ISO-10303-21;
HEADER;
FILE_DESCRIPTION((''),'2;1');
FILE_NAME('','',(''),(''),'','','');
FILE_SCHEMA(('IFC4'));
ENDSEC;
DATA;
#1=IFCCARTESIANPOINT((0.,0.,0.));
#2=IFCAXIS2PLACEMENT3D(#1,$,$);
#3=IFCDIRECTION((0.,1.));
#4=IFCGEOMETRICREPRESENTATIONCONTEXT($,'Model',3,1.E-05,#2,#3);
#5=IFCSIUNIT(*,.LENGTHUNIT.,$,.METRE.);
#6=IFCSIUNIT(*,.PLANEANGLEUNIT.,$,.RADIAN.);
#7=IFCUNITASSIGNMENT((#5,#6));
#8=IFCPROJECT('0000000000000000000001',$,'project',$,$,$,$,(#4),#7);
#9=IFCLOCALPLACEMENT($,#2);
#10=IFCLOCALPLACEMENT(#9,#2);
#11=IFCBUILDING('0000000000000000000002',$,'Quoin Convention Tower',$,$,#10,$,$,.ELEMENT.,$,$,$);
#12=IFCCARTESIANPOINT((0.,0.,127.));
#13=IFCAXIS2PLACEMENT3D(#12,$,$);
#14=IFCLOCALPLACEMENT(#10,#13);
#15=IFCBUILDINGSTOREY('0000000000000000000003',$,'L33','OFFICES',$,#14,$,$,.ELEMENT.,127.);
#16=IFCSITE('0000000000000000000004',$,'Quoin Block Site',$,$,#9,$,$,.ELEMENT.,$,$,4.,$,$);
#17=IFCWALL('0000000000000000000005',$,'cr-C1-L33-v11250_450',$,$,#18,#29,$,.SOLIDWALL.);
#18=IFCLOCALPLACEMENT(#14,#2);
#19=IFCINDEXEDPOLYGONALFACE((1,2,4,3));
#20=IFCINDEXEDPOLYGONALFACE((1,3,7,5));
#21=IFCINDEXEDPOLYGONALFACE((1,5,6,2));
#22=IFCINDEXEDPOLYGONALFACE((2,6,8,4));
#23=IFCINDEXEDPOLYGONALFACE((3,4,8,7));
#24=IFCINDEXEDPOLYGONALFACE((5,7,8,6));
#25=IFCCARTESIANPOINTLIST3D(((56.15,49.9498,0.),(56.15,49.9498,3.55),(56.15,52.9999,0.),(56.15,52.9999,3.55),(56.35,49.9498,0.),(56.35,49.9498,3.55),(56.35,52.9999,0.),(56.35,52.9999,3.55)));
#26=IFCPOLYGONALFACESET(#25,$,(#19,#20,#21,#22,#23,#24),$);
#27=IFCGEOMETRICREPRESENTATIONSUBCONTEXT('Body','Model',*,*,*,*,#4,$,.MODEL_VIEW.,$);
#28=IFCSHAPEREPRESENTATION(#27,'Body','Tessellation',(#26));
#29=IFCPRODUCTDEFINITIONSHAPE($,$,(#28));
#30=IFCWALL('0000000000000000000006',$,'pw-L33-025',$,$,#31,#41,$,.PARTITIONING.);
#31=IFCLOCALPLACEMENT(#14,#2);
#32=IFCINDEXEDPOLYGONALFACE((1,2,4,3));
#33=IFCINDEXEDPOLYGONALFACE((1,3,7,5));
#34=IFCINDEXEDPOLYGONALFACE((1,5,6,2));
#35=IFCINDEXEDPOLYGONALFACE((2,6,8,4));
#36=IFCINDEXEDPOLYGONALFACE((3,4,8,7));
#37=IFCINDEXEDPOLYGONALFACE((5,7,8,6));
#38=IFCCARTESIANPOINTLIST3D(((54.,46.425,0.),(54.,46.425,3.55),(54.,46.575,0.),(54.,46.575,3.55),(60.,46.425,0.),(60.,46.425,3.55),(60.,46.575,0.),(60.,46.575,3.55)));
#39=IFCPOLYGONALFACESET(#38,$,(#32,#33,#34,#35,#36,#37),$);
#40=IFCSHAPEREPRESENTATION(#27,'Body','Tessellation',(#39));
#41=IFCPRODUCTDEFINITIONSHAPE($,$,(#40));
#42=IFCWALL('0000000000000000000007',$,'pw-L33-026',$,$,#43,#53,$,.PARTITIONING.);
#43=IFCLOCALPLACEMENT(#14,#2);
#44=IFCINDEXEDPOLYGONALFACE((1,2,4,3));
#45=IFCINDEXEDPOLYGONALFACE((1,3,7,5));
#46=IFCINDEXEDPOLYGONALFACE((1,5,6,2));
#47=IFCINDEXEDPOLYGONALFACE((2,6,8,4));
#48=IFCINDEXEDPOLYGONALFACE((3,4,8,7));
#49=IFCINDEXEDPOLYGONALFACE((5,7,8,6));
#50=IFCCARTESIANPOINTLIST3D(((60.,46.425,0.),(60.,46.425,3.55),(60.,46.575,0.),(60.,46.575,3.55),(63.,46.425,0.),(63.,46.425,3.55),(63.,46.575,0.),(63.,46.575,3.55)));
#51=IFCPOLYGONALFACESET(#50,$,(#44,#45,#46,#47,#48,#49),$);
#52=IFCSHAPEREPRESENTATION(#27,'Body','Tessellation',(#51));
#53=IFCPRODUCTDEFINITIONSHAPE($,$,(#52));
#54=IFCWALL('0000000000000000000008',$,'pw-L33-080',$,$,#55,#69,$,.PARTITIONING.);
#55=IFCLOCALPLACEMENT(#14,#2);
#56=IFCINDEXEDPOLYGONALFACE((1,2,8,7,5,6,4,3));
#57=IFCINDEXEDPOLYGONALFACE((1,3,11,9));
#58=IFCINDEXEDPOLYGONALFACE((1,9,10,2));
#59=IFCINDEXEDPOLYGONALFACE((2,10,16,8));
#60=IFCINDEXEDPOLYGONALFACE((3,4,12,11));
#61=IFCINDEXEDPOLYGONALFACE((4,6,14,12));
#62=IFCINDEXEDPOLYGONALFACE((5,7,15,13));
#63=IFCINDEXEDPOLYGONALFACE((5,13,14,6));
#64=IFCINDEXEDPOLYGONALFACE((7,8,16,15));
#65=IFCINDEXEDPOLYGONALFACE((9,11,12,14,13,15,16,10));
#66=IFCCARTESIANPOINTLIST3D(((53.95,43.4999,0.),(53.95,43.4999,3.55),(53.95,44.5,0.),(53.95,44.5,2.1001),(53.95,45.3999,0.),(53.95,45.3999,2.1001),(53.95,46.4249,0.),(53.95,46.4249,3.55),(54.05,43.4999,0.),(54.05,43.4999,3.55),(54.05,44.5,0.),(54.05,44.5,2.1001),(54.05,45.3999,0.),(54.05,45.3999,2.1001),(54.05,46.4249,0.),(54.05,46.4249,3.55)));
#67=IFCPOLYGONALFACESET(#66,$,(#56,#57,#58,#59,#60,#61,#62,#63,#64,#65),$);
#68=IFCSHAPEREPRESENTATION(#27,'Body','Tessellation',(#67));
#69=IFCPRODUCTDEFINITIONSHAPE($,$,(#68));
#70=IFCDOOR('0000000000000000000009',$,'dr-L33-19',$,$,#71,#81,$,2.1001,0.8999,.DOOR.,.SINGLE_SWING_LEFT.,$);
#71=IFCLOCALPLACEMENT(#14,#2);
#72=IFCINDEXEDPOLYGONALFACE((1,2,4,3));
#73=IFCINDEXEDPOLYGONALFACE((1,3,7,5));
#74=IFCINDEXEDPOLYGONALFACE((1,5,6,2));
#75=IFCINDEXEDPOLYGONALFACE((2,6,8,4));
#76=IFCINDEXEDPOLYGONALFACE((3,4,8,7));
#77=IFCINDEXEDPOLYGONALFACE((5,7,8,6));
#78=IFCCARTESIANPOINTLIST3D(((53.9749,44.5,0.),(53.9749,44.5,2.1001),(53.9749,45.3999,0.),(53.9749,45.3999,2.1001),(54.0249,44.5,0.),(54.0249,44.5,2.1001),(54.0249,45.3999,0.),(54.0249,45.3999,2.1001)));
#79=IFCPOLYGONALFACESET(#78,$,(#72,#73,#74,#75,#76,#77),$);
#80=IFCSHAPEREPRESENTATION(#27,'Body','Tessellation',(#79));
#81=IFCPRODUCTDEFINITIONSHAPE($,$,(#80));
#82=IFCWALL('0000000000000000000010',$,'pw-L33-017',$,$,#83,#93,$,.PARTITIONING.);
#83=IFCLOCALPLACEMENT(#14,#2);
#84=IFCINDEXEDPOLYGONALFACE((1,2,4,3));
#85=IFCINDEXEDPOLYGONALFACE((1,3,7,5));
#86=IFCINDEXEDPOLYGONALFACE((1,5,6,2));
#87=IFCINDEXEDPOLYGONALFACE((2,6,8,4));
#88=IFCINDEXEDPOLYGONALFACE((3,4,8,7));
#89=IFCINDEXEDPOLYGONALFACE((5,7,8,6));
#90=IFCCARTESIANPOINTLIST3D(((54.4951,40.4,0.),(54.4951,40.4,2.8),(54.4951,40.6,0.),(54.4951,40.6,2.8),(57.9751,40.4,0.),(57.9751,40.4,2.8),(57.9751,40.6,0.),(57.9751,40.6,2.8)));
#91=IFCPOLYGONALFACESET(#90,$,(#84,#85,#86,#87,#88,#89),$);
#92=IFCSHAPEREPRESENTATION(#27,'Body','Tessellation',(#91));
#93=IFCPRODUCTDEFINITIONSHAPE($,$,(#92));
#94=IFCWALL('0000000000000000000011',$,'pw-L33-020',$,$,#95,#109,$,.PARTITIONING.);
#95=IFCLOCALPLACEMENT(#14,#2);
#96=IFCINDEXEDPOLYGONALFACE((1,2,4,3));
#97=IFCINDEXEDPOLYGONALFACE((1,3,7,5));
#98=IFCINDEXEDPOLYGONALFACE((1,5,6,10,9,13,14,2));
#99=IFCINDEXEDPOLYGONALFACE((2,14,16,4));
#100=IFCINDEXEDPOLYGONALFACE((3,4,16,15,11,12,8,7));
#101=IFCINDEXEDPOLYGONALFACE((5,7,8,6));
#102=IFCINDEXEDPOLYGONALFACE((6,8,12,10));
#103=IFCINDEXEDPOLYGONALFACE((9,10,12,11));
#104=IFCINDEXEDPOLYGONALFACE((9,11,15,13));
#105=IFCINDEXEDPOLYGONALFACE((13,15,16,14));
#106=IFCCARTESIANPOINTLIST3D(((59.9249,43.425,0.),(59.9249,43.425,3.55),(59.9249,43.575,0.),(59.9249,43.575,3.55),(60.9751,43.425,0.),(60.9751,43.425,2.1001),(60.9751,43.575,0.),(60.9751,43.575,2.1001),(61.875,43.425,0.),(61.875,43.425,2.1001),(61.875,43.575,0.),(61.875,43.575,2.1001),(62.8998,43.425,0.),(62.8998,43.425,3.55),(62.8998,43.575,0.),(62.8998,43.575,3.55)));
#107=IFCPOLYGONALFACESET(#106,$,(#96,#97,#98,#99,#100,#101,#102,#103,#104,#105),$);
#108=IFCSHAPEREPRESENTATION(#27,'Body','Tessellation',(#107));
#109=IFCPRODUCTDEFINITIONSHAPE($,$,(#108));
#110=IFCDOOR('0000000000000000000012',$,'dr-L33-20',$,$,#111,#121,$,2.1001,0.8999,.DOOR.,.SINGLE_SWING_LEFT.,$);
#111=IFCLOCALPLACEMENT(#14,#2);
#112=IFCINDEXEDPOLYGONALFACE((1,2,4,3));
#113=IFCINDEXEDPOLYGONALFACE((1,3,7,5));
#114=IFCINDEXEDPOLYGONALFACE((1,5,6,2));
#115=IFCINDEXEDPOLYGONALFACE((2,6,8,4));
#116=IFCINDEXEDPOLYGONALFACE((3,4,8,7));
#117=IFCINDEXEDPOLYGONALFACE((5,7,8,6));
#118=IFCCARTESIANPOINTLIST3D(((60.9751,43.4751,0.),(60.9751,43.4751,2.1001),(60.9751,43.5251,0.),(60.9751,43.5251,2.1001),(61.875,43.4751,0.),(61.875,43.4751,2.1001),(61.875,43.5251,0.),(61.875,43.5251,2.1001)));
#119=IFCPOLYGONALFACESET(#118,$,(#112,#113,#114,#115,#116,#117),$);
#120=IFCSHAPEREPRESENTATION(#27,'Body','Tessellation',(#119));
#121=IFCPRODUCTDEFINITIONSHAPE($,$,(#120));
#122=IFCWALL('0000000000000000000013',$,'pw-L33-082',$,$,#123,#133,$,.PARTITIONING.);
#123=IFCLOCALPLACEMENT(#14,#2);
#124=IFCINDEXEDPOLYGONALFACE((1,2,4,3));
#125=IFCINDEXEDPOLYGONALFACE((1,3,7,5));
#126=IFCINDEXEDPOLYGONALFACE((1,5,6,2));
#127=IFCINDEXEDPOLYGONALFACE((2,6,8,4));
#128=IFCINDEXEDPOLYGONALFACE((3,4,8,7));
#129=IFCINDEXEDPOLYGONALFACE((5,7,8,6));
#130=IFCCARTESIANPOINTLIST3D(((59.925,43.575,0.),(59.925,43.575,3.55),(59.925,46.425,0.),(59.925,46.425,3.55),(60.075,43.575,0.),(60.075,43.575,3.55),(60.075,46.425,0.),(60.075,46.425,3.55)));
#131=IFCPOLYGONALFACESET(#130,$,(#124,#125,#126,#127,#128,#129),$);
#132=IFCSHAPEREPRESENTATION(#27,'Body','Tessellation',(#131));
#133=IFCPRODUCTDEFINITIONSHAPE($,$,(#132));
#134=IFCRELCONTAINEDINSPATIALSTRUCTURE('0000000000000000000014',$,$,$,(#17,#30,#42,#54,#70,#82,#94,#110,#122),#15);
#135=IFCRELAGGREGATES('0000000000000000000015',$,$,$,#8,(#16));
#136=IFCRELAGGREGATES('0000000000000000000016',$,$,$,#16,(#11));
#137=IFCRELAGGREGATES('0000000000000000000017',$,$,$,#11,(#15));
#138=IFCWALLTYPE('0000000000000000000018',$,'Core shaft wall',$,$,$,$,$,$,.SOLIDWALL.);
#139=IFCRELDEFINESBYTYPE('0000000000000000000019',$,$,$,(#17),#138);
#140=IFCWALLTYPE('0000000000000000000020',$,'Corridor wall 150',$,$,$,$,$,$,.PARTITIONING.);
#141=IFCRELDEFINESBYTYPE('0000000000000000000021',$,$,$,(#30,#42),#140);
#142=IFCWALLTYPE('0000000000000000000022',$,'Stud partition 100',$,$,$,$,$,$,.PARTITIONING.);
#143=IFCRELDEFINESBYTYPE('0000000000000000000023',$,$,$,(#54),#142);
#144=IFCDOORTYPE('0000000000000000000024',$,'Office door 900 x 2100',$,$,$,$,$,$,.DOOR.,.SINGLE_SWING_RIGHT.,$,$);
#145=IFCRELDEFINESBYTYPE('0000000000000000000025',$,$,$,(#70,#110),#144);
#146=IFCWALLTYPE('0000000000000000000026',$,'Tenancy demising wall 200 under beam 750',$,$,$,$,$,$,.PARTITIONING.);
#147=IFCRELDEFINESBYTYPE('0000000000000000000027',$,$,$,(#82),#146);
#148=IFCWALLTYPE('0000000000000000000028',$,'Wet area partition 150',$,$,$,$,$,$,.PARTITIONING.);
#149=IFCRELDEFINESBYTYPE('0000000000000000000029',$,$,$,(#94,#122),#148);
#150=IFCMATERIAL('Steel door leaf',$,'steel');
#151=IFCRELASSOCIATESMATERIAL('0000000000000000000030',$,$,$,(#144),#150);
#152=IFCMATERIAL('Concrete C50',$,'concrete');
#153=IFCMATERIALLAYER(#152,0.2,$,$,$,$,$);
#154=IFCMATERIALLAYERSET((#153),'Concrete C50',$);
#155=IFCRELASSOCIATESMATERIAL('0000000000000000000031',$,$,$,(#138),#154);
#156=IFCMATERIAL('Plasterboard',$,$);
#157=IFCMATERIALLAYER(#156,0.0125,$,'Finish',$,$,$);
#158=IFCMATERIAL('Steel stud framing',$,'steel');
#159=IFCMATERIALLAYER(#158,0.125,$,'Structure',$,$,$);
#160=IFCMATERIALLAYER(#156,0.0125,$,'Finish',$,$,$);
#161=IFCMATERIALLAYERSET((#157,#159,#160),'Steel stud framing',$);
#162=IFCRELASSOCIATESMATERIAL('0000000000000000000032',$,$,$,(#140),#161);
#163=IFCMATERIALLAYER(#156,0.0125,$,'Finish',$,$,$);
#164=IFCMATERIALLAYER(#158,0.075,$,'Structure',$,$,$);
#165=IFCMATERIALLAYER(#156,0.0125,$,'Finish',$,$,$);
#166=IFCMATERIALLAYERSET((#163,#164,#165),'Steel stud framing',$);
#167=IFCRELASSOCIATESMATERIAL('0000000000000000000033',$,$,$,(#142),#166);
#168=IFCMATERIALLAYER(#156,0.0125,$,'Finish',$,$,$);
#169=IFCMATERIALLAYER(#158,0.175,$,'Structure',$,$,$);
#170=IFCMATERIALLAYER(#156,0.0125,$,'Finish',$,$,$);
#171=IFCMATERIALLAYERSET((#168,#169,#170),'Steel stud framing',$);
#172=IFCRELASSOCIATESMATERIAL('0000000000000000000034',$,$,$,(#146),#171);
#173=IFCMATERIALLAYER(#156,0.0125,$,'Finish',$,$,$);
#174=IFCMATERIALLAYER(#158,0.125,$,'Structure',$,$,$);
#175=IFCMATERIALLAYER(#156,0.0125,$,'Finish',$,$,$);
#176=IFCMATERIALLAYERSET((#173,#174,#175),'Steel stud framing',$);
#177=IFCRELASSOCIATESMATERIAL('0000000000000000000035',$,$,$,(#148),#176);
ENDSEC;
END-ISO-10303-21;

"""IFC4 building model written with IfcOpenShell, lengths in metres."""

from ifc_helpers import new_model, si_unit, direction, frame, frame_2d, origin, place, context, subcontext, project, spatial, rectangle, extrude, material, layer, layer_set, type_object, element, fill, save


model = new_model("IFC4")

# Units and contexts
model_context = context("Model", 3, precision=1e-05, world=origin(), true_north=direction((0.0, 1.0)))
body_context = subcontext(model_context, "Body", "Model", "MODEL_VIEW")
ifc_project = project(units=[si_unit("LENGTHUNIT", "METRE"), si_unit("PLANEANGLEUNIT", "RADIAN")], contexts=[model_context])

# Site, building, storey
site_placement = place(None, origin())
site = spatial("IfcSite", under=ifc_project, at=site_placement, Name="Quoin Block Site", CompositionType="ELEMENT", RefElevation=4.0)
building_placement = place(site_placement, origin())
building = spatial("IfcBuilding", under=site, at=building_placement, Name="Quoin Convention Tower", CompositionType="ELEMENT")
storey_placement = place(building_placement, frame((0.0, 0.0, 127.0)))
storey = spatial("IfcBuildingStorey", under=building, at=storey_placement, Name="L33", Description="OFFICES", CompositionType="ELEMENT", Elevation=127.0)

# Shared definitions
ifc_material_1 = material(Name="Plasterboard")
ifc_material_2 = material(Name="Steel stud framing", Category="steel")
ifc_material_3 = material(Name="Steel door leaf", Category="steel")
door_type = type_object("IfcDoorType", Name="Office door 900 x 2100", OperationType="SINGLE_SWING_RIGHT", PredefinedType="DOOR", material=ifc_material_3)

# Walls
ifc_material_4 = material(Name="Concrete C50", Category="concrete")
ifc_layer_1 = layer(ifc_material_4, 0.2)
ifc_layer_set_1 = layer_set([ifc_layer_1], Name="Concrete C50")
wall_type_1 = type_object("IfcWallType", Name="Core shaft wall", PredefinedType="SOLIDWALL", material=ifc_layer_set_1)
for number, where, z_axis, x_axis, name in (
    (1, (56.25, 49.95, 0.0), (0.0, 0.0, 1.0), (0.0, 1.0, 0.0), "cr-C1-L33-v11250_450"),
):
    element("IfcWall", number, at=place(storey_placement, frame(where, z_axis=z_axis, x_axis=x_axis)), inside=storey, type_object=wall_type_1, Name=name, PredefinedType="SOLIDWALL", context=body_context, shape_type="SweptSolid", body=[
        extrude(rectangle(XDim=3.05, YDim=0.2, at=frame_2d((1.5249, 0.0))), origin(), (0.0, 0.0, 1.0), 3.55),
    ])
ifc_layer_2 = layer(ifc_material_1, 0.0125, Name="Finish")
ifc_layer_3 = layer(ifc_material_2, 0.125, Name="Structure")
ifc_layer_4 = layer(ifc_material_1, 0.0125, Name="Finish")
ifc_layer_set_2 = layer_set([ifc_layer_2, ifc_layer_3, ifc_layer_4], Name="Steel stud framing")
wall_type_2 = type_object("IfcWallType", Name="Corridor wall 150", PredefinedType="PARTITIONING", material=ifc_layer_set_2)
wall_1_placement = place(storey_placement, frame((54.0, 46.5, 0.0), z_axis=(0.0, 0.0, 1.0), x_axis=(1.0, 0.0, 0.0)))
element("IfcWall", 2, at=wall_1_placement, inside=storey, type_object=wall_type_2, Name="pw-L33-025", PredefinedType="PARTITIONING", context=body_context, shape_type="SweptSolid", body=[
    extrude(rectangle(XDim=6.0, YDim=0.1499, at=frame_2d((3.0, 0.0))), origin(), (0.0, 0.0, 1.0), 3.55),
])
wall_2_placement = place(storey_placement, frame((60.0, 46.5, 0.0), z_axis=(0.0, 0.0, 1.0), x_axis=(1.0, 0.0, 0.0)))
element("IfcWall", 3, at=wall_2_placement, inside=storey, type_object=wall_type_2, Name="pw-L33-026", PredefinedType="PARTITIONING", context=body_context, shape_type="SweptSolid", body=[
    extrude(rectangle(XDim=3.0, YDim=0.1499, at=frame_2d((1.5, 0.0))), origin(), (0.0, 0.0, 1.0), 3.55),
])

# Wall, opening, door
ifc_layer_5 = layer(ifc_material_1, 0.0125, Name="Finish")
ifc_layer_6 = layer(ifc_material_2, 0.075, Name="Structure")
ifc_layer_7 = layer(ifc_material_1, 0.0125, Name="Finish")
ifc_layer_set_3 = layer_set([ifc_layer_5, ifc_layer_6, ifc_layer_7], Name="Steel stud framing")
wall_type_3 = type_object("IfcWallType", Name="Stud partition 100", PredefinedType="PARTITIONING", material=ifc_layer_set_3)
wall_3_placement = place(storey_placement, frame((54.0, 43.5, 0.0), z_axis=(0.0, 0.0, 1.0), x_axis=(0.0, 1.0, 0.0)))
wall_3 = element("IfcWall", 4, at=wall_3_placement, inside=storey, type_object=wall_type_3, Name="pw-L33-080", PredefinedType="PARTITIONING", context=body_context, shape_type="SweptSolid", body=[
    extrude(rectangle(XDim=2.925, YDim=0.1001, at=frame_2d((1.4624, 0.0))), origin(), (0.0, 0.0, 1.0), 3.55),
])
opening_1_placement = place(wall_3_placement, frame((1.0, 0.0, 0.0)))
opening_1 = element("IfcOpeningElement", 5, at=opening_1_placement, cuts=wall_3, PredefinedType="OPENING", context=body_context, shape_type="SweptSolid", body=[
    extrude(rectangle(XDim=0.8999, YDim=2.1001, at=frame_2d((0.45, 1.05))), frame((0.0, 0.0601, 0.0), z_axis=(0.0, -1.0, 0.0), x_axis=(1.0, 0.0, 0.0)), (0.0, 0.0, 1.0), 0.1201),
])
door_1_placement = place(opening_1_placement, frame((0.8999, 0.0, 0.0), z_axis=(0.0, 0.0, 1.0), x_axis=(-1.0, 0.0, 0.0)))
door_1 = element("IfcDoor", 6, at=door_1_placement, inside=storey, type_object=door_type, Name="dr-L33-19", OperationType="SINGLE_SWING_LEFT", OverallHeight=2.1001, OverallWidth=0.8999, PredefinedType="DOOR", context=body_context, shape_type="SweptSolid", body=[
    extrude(rectangle(XDim=0.8999, YDim=2.1001, at=frame_2d((0.45, 1.05))), frame((0.0, 0.0249, 0.0), z_axis=(0.0, -1.0, 0.0), x_axis=(1.0, 0.0, 0.0)), (0.0, 0.0, 1.0), 0.05),
])
fill(opening_1, door_1)

# Wall
ifc_layer_8 = layer(ifc_material_1, 0.0125, Name="Finish")
ifc_layer_9 = layer(ifc_material_2, 0.175, Name="Structure")
ifc_layer_10 = layer(ifc_material_1, 0.0125, Name="Finish")
ifc_layer_set_4 = layer_set([ifc_layer_8, ifc_layer_9, ifc_layer_10], Name="Steel stud framing")
wall_type_4 = type_object("IfcWallType", Name="Tenancy demising wall 200 under beam 750", PredefinedType="PARTITIONING", material=ifc_layer_set_4)
wall_4_placement = place(storey_placement, frame((54.4951, 40.5, 0.0), z_axis=(0.0, 0.0, 1.0), x_axis=(1.0, 0.0, 0.0)))
element("IfcWall", 7, at=wall_4_placement, inside=storey, type_object=wall_type_4, Name="pw-L33-017", PredefinedType="PARTITIONING", context=body_context, shape_type="SweptSolid", body=[
    extrude(rectangle(XDim=3.48, YDim=0.2, at=frame_2d((1.74, 0.0))), origin(), (0.0, 0.0, 1.0), 2.8),
])

# Wall, opening, door
ifc_layer_11 = layer(ifc_material_1, 0.0125, Name="Finish")
ifc_layer_12 = layer(ifc_material_2, 0.125, Name="Structure")
ifc_layer_13 = layer(ifc_material_1, 0.0125, Name="Finish")
ifc_layer_set_5 = layer_set([ifc_layer_11, ifc_layer_12, ifc_layer_13], Name="Steel stud framing")
wall_type_5 = type_object("IfcWallType", Name="Wet area partition 150", PredefinedType="PARTITIONING", material=ifc_layer_set_5)
wall_5_placement = place(storey_placement, frame((59.925, 43.5, 0.0), z_axis=(0.0, 0.0, 1.0), x_axis=(1.0, 0.0, 0.0)))
wall_5 = element("IfcWall", 8, at=wall_5_placement, inside=storey, type_object=wall_type_5, Name="pw-L33-020", PredefinedType="PARTITIONING", context=body_context, shape_type="SweptSolid", body=[
    extrude(rectangle(XDim=2.9749, YDim=0.1499, at=frame_2d((1.4873, 0.0))), origin(), (0.0, 0.0, 1.0), 3.55),
])
opening_2_placement = place(wall_5_placement, frame((1.05, 0.0, 0.0)))
opening_2 = element("IfcOpeningElement", 9, at=opening_2_placement, cuts=wall_5, PredefinedType="OPENING", context=body_context, shape_type="SweptSolid", body=[
    extrude(rectangle(XDim=0.8999, YDim=2.1001, at=frame_2d((0.45, 1.05))), frame((0.0, 0.085, 0.0), z_axis=(0.0, -1.0, 0.0), x_axis=(1.0, 0.0, 0.0)), (0.0, 0.0, 1.0), 0.1699),
])
door_2_placement = place(opening_2_placement, frame((0.8999, 0.0, 0.0), z_axis=(0.0, 0.0, 1.0), x_axis=(-1.0, 0.0, 0.0)))
door_2 = element("IfcDoor", 10, at=door_2_placement, inside=storey, type_object=door_type, Name="dr-L33-20", OperationType="SINGLE_SWING_LEFT", OverallHeight=2.1001, OverallWidth=0.8999, PredefinedType="DOOR", context=body_context, shape_type="SweptSolid", body=[
    extrude(rectangle(XDim=0.8999, YDim=2.1001, at=frame_2d((0.45, 1.05))), frame((0.0, 0.0249, 0.0), z_axis=(0.0, -1.0, 0.0), x_axis=(1.0, 0.0, 0.0)), (0.0, 0.0, 1.0), 0.05),
])
fill(opening_2, door_2)

# Wall
wall_6_placement = place(storey_placement, frame((60.0, 43.575, 0.0), z_axis=(0.0, 0.0, 1.0), x_axis=(0.0, 1.0, 0.0)))
element("IfcWall", 11, at=wall_6_placement, inside=storey, type_object=wall_type_5, Name="pw-L33-082", PredefinedType="PARTITIONING", context=body_context, shape_type="SweptSolid", body=[
    extrude(rectangle(XDim=2.8501, YDim=0.1499, at=frame_2d((1.425, 0.0))), origin(), (0.0, 0.0, 1.0), 3.55),
])

save(model, "model.ifc")
